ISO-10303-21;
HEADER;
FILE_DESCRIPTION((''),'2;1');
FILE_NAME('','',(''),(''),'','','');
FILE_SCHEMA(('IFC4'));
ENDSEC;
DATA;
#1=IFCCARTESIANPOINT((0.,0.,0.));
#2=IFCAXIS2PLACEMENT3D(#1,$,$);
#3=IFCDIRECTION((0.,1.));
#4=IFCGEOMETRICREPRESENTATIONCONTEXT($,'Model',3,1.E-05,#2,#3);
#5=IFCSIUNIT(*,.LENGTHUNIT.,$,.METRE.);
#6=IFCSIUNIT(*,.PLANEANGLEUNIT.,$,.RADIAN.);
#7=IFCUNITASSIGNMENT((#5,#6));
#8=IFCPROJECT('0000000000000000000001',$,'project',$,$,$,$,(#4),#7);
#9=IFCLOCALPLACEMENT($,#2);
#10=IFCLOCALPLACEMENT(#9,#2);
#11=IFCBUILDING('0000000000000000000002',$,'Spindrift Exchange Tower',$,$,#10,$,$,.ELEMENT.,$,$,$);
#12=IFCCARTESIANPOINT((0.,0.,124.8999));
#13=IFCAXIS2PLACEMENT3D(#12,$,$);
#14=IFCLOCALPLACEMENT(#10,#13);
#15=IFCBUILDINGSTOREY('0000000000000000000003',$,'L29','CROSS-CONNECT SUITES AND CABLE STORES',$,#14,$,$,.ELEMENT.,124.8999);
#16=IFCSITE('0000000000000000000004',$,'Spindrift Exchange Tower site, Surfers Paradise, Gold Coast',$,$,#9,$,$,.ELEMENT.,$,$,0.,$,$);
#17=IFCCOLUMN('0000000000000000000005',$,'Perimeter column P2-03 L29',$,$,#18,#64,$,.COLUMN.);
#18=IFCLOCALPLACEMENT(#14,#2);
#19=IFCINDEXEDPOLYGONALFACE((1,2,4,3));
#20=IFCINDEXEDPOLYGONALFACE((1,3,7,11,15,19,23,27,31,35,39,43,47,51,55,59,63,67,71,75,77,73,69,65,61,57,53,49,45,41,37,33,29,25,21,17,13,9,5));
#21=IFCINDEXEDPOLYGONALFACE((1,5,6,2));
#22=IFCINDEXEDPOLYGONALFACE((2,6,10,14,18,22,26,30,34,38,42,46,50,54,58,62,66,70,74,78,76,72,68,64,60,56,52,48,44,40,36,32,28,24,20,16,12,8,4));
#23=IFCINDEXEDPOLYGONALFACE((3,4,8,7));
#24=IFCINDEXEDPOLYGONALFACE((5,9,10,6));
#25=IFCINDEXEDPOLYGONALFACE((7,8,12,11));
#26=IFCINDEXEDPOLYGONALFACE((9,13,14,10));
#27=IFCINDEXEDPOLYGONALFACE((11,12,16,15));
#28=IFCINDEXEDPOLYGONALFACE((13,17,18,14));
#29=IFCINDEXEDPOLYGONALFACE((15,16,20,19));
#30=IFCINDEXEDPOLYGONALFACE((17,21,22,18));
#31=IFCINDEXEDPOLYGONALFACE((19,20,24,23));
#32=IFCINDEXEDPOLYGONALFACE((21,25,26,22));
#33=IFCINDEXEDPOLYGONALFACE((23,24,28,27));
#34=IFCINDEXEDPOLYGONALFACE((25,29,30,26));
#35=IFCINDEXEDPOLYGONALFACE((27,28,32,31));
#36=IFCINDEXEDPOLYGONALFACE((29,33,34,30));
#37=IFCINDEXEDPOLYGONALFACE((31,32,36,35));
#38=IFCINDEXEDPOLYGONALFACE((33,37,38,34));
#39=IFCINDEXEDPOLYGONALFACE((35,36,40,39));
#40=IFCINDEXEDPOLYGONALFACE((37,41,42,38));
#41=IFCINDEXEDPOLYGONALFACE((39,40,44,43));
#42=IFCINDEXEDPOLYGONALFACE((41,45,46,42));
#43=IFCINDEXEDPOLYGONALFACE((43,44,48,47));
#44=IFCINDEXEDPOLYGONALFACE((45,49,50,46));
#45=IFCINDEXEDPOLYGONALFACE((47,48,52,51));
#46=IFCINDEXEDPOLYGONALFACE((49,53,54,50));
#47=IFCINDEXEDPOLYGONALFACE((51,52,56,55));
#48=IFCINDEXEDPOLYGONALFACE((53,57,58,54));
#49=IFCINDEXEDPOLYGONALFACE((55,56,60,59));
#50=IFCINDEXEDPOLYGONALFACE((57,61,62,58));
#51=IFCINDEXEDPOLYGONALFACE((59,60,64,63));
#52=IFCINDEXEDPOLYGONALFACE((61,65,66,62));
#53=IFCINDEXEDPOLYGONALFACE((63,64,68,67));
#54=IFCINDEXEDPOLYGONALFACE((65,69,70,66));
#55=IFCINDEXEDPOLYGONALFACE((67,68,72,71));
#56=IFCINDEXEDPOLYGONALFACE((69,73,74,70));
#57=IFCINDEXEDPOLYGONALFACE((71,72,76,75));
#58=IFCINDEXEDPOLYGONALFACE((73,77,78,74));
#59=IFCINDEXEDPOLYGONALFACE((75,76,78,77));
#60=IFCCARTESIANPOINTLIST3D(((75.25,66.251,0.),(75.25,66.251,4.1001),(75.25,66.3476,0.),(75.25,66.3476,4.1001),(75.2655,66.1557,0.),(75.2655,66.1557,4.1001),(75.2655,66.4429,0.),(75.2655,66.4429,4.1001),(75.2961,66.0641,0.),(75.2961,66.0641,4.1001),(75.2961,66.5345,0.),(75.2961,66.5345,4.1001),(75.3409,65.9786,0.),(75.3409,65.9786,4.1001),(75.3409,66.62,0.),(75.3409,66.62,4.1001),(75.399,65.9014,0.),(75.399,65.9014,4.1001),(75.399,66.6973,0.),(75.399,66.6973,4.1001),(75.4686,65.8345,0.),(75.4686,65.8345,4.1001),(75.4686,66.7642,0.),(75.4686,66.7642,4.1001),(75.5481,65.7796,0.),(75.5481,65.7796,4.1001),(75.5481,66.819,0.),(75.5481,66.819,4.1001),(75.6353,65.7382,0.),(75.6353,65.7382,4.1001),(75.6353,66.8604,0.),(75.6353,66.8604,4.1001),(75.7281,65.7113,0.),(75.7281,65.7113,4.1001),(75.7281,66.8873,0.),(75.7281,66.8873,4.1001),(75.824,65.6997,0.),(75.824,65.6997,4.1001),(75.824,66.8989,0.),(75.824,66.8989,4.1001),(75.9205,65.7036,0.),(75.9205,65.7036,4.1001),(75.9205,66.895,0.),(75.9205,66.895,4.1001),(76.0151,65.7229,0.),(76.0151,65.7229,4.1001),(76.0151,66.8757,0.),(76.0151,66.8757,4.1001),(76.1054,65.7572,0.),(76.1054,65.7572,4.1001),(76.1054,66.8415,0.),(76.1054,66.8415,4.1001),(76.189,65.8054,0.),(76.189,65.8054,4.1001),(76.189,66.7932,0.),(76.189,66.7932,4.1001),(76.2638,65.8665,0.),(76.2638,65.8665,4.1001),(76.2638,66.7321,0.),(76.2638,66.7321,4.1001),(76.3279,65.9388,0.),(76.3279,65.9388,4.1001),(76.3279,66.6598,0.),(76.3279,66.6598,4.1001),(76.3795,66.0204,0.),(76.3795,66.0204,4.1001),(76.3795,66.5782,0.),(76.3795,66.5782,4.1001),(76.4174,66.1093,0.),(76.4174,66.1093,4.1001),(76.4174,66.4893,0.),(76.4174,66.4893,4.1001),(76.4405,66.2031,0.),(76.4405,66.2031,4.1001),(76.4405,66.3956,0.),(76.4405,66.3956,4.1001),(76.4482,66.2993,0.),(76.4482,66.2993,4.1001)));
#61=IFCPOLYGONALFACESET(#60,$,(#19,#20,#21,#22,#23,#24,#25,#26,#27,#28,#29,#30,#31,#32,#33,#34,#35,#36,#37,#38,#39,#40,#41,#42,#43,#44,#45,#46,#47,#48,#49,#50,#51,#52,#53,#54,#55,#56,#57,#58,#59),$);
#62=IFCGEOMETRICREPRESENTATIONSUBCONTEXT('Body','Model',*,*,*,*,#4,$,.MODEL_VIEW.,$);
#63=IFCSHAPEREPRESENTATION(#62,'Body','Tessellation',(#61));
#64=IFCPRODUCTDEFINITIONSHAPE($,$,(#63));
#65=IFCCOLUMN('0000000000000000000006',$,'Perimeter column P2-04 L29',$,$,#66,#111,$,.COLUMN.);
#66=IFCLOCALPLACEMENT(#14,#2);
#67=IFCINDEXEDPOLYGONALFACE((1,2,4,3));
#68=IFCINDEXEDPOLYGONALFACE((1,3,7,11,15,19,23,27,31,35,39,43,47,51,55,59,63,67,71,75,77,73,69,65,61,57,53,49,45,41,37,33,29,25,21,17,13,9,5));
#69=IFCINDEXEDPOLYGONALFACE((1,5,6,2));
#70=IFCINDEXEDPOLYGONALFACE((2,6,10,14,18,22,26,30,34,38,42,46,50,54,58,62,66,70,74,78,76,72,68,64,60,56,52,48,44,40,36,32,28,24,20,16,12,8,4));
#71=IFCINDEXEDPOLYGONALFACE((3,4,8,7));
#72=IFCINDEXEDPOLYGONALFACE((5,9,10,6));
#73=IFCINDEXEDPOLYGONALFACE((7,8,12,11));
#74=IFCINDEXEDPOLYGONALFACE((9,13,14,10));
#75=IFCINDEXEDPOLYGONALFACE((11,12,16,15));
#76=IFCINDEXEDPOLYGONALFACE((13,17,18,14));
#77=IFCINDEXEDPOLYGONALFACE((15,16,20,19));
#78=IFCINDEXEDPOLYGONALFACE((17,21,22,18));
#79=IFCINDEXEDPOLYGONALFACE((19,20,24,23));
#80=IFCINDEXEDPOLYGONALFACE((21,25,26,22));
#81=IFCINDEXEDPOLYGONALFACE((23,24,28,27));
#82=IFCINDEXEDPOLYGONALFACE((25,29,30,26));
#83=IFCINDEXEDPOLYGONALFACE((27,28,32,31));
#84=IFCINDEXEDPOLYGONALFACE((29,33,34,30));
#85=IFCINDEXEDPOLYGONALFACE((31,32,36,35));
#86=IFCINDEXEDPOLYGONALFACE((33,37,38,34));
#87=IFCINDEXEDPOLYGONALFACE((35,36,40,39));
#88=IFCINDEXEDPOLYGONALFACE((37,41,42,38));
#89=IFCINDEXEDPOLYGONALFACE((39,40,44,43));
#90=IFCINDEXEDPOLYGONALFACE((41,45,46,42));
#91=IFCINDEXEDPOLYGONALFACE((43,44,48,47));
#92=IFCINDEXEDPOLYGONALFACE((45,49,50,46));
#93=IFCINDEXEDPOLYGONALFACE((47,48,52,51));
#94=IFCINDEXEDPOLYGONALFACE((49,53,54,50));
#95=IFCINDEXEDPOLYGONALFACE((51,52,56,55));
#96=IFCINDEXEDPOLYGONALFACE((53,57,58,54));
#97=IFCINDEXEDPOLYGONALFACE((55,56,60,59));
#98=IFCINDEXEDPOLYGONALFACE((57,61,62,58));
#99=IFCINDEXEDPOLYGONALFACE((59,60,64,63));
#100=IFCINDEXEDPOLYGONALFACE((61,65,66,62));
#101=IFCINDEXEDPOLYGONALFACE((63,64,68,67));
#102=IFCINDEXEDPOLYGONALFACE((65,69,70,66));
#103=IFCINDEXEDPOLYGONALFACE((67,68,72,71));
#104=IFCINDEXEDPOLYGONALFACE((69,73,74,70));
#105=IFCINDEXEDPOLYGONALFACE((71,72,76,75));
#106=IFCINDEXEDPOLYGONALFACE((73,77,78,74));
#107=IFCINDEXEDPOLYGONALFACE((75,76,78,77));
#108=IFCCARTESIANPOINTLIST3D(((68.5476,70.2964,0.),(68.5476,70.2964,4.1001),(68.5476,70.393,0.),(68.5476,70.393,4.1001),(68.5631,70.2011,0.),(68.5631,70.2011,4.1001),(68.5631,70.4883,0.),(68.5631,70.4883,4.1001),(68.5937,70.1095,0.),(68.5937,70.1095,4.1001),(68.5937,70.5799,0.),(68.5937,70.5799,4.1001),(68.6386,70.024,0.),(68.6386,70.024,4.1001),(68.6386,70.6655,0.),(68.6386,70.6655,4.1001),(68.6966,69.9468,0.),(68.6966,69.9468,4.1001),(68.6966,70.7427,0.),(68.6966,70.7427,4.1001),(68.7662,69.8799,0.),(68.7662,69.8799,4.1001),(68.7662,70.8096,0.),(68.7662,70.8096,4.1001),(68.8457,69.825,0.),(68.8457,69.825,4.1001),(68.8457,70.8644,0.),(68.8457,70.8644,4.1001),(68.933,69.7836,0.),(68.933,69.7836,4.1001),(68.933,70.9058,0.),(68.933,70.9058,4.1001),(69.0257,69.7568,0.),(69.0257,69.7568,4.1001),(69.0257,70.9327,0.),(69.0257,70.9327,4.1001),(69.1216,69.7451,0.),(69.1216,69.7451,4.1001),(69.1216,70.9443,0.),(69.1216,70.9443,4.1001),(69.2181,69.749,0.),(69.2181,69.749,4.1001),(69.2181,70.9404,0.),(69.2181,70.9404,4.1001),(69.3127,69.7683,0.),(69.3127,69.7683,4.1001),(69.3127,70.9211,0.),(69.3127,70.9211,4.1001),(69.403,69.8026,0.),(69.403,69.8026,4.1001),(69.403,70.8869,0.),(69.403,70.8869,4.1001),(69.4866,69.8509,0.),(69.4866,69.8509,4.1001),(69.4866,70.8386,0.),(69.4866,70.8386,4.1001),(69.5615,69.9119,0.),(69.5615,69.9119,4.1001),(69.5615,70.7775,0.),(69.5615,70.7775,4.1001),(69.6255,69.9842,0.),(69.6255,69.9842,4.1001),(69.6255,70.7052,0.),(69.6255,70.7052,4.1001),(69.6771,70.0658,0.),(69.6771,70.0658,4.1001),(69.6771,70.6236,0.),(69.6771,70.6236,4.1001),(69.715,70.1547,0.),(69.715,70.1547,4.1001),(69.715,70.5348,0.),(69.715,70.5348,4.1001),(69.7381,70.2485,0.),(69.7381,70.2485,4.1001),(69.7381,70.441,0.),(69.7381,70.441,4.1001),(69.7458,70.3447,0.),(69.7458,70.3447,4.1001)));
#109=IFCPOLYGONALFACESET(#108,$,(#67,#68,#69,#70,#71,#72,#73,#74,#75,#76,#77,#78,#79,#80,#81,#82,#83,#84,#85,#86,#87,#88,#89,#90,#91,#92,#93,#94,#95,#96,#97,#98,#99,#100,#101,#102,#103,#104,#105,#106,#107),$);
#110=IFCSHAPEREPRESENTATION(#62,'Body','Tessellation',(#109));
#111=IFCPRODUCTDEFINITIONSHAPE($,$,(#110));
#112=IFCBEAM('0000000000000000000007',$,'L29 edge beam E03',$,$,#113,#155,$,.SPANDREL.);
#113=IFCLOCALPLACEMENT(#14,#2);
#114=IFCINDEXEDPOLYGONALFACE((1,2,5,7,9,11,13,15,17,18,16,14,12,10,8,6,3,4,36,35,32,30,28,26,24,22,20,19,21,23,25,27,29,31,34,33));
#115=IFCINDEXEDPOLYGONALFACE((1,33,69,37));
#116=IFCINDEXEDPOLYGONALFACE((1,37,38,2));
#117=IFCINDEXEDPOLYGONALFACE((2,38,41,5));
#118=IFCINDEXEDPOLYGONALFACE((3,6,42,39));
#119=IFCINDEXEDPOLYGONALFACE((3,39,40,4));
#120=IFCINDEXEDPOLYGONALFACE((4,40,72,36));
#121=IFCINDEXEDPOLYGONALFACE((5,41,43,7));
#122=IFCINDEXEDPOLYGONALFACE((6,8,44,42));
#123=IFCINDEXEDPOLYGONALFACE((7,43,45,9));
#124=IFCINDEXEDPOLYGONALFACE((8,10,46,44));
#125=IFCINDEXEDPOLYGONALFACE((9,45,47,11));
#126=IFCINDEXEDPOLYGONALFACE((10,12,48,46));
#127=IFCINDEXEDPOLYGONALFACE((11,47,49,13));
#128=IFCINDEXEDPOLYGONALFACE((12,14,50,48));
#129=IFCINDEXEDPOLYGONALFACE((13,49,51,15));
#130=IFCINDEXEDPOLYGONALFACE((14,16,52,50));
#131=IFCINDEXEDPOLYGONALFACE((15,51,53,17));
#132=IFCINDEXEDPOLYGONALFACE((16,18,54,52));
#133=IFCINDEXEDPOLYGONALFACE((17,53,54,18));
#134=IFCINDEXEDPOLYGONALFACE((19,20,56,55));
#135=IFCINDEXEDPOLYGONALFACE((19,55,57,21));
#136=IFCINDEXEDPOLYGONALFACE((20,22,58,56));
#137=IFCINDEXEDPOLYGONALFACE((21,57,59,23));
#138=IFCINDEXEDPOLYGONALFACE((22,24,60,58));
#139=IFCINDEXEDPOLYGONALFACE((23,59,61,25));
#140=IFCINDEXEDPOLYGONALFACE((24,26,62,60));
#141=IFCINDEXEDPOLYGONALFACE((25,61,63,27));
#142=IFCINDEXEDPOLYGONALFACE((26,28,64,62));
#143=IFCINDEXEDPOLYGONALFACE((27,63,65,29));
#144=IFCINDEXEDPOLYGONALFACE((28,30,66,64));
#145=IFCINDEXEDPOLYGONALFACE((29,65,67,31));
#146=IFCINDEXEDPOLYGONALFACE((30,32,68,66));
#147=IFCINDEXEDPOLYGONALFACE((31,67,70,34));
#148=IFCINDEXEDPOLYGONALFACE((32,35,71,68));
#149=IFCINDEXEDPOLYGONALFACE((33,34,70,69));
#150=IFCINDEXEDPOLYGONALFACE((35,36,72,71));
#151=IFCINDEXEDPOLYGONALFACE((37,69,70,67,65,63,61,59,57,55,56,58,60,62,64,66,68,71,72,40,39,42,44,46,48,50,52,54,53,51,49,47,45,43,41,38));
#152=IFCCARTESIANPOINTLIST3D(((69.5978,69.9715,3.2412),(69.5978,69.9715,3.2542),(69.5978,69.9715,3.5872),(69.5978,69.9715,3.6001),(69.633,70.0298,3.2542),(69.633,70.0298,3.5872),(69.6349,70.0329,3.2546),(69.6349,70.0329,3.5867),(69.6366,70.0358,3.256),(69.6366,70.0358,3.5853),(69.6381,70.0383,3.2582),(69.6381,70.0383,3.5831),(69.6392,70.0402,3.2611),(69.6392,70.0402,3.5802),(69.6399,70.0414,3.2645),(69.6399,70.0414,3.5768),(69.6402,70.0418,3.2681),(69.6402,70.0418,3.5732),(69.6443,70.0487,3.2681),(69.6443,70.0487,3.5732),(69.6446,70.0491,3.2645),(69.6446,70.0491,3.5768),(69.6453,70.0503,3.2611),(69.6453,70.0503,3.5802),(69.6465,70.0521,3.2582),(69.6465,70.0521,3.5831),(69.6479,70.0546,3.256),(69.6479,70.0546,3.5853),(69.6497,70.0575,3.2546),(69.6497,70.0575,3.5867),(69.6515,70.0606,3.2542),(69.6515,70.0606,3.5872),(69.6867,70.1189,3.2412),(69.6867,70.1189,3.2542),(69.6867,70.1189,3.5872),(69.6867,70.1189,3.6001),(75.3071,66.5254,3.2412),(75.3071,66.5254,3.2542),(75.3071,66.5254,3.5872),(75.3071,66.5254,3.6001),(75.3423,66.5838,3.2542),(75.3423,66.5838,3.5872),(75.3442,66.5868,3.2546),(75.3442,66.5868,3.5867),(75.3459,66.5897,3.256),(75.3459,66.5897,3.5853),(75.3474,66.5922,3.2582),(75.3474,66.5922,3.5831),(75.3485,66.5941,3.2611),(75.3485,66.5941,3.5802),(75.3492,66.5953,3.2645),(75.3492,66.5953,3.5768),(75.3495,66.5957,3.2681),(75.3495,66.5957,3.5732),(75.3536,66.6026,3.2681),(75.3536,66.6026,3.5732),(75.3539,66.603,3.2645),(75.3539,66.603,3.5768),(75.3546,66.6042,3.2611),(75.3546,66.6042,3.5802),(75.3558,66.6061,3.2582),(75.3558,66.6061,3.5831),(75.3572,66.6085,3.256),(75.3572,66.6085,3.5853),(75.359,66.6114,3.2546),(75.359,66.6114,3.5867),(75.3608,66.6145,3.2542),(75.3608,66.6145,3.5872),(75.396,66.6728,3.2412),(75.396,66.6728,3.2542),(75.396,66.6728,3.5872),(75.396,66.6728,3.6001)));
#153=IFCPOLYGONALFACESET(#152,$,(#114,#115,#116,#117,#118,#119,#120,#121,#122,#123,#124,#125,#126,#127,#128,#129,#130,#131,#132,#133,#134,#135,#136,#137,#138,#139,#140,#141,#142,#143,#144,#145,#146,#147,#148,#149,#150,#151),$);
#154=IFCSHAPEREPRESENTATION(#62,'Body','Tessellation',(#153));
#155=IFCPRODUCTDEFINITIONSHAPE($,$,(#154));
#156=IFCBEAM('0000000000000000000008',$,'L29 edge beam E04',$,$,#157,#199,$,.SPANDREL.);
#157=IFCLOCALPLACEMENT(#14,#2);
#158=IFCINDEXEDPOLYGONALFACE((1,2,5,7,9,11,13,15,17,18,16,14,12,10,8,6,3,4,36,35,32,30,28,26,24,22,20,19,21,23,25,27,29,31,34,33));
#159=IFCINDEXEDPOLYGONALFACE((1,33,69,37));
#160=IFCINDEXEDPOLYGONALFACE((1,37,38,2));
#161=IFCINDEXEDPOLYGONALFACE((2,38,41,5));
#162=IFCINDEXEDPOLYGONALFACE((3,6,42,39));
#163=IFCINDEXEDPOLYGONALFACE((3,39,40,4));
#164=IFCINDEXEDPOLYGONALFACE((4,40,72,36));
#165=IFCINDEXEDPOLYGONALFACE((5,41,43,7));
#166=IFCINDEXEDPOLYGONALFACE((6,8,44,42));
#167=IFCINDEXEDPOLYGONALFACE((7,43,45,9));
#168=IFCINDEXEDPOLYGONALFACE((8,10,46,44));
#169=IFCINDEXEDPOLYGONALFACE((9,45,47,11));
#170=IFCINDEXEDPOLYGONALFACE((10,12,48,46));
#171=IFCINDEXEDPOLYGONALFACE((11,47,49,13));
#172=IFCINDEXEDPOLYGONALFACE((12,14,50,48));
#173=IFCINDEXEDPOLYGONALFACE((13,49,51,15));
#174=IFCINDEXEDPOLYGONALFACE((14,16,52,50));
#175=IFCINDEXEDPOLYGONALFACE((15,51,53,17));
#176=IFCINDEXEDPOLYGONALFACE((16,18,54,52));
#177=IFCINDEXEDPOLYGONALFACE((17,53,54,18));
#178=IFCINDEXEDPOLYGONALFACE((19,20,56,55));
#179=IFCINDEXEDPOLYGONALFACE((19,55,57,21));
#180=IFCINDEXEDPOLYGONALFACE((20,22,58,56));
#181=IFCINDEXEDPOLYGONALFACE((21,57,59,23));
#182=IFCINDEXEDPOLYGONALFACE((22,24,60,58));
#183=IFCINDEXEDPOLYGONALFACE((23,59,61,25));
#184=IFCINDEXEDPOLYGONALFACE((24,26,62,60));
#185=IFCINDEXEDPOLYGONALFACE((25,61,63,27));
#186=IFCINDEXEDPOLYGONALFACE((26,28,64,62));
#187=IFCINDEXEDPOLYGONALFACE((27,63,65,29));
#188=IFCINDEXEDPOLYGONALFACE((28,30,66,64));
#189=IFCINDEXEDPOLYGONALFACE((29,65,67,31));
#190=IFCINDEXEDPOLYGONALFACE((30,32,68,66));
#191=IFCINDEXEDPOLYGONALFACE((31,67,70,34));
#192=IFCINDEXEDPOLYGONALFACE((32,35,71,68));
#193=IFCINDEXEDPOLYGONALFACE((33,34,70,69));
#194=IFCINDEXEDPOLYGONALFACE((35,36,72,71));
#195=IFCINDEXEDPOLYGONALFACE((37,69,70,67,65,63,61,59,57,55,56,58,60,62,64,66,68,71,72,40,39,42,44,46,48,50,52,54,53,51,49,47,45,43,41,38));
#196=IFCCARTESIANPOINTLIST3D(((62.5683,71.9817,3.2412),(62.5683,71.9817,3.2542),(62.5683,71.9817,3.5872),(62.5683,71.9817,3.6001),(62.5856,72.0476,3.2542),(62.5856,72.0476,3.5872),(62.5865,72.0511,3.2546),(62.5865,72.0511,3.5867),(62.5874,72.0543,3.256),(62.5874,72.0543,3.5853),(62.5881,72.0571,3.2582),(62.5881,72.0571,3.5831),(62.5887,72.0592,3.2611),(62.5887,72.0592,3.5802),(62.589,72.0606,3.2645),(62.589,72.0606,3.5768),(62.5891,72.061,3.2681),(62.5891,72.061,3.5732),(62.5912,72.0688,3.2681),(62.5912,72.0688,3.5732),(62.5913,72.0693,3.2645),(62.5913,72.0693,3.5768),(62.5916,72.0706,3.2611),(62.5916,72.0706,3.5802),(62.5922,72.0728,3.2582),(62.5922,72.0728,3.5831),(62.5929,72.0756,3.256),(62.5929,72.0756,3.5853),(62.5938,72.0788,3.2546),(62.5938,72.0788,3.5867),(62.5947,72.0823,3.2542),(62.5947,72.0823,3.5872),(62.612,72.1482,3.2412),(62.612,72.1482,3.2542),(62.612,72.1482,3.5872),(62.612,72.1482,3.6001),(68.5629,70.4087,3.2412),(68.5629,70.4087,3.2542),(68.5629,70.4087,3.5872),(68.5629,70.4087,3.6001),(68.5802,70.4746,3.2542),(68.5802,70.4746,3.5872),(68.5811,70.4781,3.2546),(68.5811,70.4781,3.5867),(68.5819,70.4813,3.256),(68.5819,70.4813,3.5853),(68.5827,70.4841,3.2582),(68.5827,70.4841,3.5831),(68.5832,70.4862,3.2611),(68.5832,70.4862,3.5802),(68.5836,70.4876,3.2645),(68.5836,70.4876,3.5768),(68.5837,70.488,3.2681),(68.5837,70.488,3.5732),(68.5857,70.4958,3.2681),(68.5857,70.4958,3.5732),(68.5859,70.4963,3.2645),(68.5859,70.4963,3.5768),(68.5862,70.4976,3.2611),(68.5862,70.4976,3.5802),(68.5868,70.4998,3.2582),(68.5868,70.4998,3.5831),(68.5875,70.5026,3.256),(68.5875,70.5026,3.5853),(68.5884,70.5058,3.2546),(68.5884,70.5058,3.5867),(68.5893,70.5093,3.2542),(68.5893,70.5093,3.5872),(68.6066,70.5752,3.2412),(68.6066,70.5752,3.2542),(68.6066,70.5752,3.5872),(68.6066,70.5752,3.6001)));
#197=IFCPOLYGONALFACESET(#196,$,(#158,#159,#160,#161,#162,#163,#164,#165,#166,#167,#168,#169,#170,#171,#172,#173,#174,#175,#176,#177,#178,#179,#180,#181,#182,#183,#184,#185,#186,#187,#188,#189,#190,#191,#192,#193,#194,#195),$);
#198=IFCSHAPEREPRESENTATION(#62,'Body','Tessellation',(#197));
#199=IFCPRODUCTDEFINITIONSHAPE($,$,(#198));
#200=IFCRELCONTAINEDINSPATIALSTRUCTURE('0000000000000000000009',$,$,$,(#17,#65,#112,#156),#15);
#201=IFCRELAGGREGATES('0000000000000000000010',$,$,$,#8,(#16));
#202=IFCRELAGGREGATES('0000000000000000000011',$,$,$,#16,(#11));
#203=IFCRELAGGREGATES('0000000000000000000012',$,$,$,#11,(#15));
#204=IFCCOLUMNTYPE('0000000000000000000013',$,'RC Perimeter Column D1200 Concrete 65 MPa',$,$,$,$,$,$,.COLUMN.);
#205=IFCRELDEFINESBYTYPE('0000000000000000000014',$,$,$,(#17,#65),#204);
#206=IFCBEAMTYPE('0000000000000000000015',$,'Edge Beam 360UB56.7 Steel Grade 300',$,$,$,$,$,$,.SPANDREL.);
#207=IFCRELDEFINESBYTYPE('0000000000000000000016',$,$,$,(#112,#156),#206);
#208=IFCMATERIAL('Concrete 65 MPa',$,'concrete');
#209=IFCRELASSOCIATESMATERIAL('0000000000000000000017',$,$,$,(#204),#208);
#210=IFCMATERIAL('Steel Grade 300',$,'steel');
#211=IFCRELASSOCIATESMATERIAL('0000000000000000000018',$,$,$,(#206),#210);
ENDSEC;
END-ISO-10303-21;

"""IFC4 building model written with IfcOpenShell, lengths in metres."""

from ifc_helpers import new_model, si_unit, direction, frame, origin, origin_2d, place, context, subcontext, project, spatial, circle, i_section, extrude, source, transform, mapped, material, material_profile, profile_set, type_object, element, save


model = new_model("IFC4")

# Units and contexts
model_context = context("Model", 3, precision=1e-05, world=origin(), true_north=direction((0.0, 1.0)))
body_context = subcontext(model_context, "Body", "Model", "MODEL_VIEW")
ifc_project = project(units=[si_unit("LENGTHUNIT", "METRE"), si_unit("PLANEANGLEUNIT", "RADIAN")], contexts=[model_context])

# Site, building, storey
site_placement = place(None, origin())
site = spatial("IfcSite", under=ifc_project, at=site_placement, Name="Spindrift Exchange Tower site, Surfers Paradise, Gold Coast", CompositionType="ELEMENT", RefElevation=0.0)
building_placement = place(site_placement, origin())
building = spatial("IfcBuilding", under=site, at=building_placement, Name="Spindrift Exchange Tower", CompositionType="ELEMENT")
storey_placement = place(building_placement, frame((0.0, 0.0, 124.8999)))
storey = spatial("IfcBuildingStorey", under=building, at=storey_placement, Name="L29", Description="CROSS-CONNECT SUITES AND CABLE STORES", CompositionType="ELEMENT", Elevation=124.8999)

# Columns
ifc_material_1 = material(Name="Concrete 65 MPa", Category="concrete")
ifc_material_profile_1 = material_profile(ifc_material_1, circle(Radius=0.6001, at=origin_2d()), Name="RC D1200")
ifc_profile_set_1 = profile_set([ifc_material_profile_1], Name="Concrete 65 MPa")
column_type = type_object("IfcColumnType", Name="RC Perimeter Column D1200 Concrete 65 MPa", PredefinedType="COLUMN", material=ifc_profile_set_1)
shared_shape_1 = source(origin(), body_context, "Body", "SweptSolid", [
    extrude(circle(Radius=0.6001, at=origin_2d()), origin(), (0.0, 0.0, 1.0), 4.1001),
])
for number, where, z_axis, x_axis, name in (
    (1, (75.8481, 66.2993, 0.0), (0.0, 0.0, 1.0), (1.0, 0.0, 0.0), "Perimeter column P2-03 L29"),
    (2, (69.1458, 70.3447, 0.0), (0.0, 0.0, 1.0), (1.0, 0.0, 0.0), "Perimeter column P2-04 L29"),
):
    element("IfcColumn", number, at=place(storey_placement, frame(where, z_axis=z_axis, x_axis=x_axis)), inside=storey, type_object=column_type, Name=name, PredefinedType="COLUMN", context=body_context, shape_type="MappedRepresentation", body=[
        mapped(shared_shape_1, transform((0.0, 0.0, 0.0), scale=1.0)),
    ])

# Beams
ifc_material_2 = material(Name="Steel Grade 300", Category="steel")
ifc_material_profile_2 = material_profile(ifc_material_2, i_section(OverallWidth=0.1721, OverallDepth=0.3589, WebThickness=0.0081, FlangeThickness=0.0129, FilletRadius=0.0139, at=origin_2d()), Name="360UB56.7")
ifc_profile_set_2 = profile_set([ifc_material_profile_2], Name="Steel Grade 300")
beam_type_1 = type_object("IfcBeamType", Name="Edge Beam 360UB56.7 Steel Grade 300", PredefinedType="SPANDREL", material=ifc_profile_set_2)
shared_shape_2 = source(origin(), body_context, "Body", "SweptSolid", [
    extrude(i_section(OverallWidth=0.1721, OverallDepth=0.3589, WebThickness=0.0081, FlangeThickness=0.0129, FilletRadius=0.0139, at=origin_2d()), origin(), (0.0, 0.0, 1.0), 6.6687),
])
beam_1_placement = place(storey_placement, frame((75.3516, 66.5991, 3.4207), z_axis=(-0.856133, 0.516755, 0.0), x_axis=(-0.516755, -0.856133, 0.0)))
element("IfcBeam", 3, at=beam_1_placement, inside=storey, type_object=beam_type_1, Name="L29 edge beam E03", PredefinedType="SPANDREL", context=body_context, shape_type="MappedRepresentation", body=[
    mapped(shared_shape_2, transform((0.0, 0.0, 0.0), scale=1.0)),
])
shared_shape_3 = source(origin(), body_context, "Body", "SweptSolid", [
    extrude(i_section(OverallWidth=0.1721, OverallDepth=0.3589, WebThickness=0.0081, FlangeThickness=0.0129, FilletRadius=0.0139, at=origin_2d()), origin(), (0.0, 0.0, 1.0), 6.1975),
])
beam_2_placement = place(storey_placement, frame((68.5847, 70.4919, 3.4207), z_axis=(-0.967254, 0.253809, 0.0), x_axis=(-0.253809, -0.967254, 0.0)))
element("IfcBeam", 4, at=beam_2_placement, inside=storey, type_object=beam_type_1, Name="L29 edge beam E04", PredefinedType="SPANDREL", context=body_context, shape_type="MappedRepresentation", body=[
    mapped(shared_shape_3, transform((0.0, 0.0, 0.0), scale=1.0)),
])

save(model, "model.ifc")
